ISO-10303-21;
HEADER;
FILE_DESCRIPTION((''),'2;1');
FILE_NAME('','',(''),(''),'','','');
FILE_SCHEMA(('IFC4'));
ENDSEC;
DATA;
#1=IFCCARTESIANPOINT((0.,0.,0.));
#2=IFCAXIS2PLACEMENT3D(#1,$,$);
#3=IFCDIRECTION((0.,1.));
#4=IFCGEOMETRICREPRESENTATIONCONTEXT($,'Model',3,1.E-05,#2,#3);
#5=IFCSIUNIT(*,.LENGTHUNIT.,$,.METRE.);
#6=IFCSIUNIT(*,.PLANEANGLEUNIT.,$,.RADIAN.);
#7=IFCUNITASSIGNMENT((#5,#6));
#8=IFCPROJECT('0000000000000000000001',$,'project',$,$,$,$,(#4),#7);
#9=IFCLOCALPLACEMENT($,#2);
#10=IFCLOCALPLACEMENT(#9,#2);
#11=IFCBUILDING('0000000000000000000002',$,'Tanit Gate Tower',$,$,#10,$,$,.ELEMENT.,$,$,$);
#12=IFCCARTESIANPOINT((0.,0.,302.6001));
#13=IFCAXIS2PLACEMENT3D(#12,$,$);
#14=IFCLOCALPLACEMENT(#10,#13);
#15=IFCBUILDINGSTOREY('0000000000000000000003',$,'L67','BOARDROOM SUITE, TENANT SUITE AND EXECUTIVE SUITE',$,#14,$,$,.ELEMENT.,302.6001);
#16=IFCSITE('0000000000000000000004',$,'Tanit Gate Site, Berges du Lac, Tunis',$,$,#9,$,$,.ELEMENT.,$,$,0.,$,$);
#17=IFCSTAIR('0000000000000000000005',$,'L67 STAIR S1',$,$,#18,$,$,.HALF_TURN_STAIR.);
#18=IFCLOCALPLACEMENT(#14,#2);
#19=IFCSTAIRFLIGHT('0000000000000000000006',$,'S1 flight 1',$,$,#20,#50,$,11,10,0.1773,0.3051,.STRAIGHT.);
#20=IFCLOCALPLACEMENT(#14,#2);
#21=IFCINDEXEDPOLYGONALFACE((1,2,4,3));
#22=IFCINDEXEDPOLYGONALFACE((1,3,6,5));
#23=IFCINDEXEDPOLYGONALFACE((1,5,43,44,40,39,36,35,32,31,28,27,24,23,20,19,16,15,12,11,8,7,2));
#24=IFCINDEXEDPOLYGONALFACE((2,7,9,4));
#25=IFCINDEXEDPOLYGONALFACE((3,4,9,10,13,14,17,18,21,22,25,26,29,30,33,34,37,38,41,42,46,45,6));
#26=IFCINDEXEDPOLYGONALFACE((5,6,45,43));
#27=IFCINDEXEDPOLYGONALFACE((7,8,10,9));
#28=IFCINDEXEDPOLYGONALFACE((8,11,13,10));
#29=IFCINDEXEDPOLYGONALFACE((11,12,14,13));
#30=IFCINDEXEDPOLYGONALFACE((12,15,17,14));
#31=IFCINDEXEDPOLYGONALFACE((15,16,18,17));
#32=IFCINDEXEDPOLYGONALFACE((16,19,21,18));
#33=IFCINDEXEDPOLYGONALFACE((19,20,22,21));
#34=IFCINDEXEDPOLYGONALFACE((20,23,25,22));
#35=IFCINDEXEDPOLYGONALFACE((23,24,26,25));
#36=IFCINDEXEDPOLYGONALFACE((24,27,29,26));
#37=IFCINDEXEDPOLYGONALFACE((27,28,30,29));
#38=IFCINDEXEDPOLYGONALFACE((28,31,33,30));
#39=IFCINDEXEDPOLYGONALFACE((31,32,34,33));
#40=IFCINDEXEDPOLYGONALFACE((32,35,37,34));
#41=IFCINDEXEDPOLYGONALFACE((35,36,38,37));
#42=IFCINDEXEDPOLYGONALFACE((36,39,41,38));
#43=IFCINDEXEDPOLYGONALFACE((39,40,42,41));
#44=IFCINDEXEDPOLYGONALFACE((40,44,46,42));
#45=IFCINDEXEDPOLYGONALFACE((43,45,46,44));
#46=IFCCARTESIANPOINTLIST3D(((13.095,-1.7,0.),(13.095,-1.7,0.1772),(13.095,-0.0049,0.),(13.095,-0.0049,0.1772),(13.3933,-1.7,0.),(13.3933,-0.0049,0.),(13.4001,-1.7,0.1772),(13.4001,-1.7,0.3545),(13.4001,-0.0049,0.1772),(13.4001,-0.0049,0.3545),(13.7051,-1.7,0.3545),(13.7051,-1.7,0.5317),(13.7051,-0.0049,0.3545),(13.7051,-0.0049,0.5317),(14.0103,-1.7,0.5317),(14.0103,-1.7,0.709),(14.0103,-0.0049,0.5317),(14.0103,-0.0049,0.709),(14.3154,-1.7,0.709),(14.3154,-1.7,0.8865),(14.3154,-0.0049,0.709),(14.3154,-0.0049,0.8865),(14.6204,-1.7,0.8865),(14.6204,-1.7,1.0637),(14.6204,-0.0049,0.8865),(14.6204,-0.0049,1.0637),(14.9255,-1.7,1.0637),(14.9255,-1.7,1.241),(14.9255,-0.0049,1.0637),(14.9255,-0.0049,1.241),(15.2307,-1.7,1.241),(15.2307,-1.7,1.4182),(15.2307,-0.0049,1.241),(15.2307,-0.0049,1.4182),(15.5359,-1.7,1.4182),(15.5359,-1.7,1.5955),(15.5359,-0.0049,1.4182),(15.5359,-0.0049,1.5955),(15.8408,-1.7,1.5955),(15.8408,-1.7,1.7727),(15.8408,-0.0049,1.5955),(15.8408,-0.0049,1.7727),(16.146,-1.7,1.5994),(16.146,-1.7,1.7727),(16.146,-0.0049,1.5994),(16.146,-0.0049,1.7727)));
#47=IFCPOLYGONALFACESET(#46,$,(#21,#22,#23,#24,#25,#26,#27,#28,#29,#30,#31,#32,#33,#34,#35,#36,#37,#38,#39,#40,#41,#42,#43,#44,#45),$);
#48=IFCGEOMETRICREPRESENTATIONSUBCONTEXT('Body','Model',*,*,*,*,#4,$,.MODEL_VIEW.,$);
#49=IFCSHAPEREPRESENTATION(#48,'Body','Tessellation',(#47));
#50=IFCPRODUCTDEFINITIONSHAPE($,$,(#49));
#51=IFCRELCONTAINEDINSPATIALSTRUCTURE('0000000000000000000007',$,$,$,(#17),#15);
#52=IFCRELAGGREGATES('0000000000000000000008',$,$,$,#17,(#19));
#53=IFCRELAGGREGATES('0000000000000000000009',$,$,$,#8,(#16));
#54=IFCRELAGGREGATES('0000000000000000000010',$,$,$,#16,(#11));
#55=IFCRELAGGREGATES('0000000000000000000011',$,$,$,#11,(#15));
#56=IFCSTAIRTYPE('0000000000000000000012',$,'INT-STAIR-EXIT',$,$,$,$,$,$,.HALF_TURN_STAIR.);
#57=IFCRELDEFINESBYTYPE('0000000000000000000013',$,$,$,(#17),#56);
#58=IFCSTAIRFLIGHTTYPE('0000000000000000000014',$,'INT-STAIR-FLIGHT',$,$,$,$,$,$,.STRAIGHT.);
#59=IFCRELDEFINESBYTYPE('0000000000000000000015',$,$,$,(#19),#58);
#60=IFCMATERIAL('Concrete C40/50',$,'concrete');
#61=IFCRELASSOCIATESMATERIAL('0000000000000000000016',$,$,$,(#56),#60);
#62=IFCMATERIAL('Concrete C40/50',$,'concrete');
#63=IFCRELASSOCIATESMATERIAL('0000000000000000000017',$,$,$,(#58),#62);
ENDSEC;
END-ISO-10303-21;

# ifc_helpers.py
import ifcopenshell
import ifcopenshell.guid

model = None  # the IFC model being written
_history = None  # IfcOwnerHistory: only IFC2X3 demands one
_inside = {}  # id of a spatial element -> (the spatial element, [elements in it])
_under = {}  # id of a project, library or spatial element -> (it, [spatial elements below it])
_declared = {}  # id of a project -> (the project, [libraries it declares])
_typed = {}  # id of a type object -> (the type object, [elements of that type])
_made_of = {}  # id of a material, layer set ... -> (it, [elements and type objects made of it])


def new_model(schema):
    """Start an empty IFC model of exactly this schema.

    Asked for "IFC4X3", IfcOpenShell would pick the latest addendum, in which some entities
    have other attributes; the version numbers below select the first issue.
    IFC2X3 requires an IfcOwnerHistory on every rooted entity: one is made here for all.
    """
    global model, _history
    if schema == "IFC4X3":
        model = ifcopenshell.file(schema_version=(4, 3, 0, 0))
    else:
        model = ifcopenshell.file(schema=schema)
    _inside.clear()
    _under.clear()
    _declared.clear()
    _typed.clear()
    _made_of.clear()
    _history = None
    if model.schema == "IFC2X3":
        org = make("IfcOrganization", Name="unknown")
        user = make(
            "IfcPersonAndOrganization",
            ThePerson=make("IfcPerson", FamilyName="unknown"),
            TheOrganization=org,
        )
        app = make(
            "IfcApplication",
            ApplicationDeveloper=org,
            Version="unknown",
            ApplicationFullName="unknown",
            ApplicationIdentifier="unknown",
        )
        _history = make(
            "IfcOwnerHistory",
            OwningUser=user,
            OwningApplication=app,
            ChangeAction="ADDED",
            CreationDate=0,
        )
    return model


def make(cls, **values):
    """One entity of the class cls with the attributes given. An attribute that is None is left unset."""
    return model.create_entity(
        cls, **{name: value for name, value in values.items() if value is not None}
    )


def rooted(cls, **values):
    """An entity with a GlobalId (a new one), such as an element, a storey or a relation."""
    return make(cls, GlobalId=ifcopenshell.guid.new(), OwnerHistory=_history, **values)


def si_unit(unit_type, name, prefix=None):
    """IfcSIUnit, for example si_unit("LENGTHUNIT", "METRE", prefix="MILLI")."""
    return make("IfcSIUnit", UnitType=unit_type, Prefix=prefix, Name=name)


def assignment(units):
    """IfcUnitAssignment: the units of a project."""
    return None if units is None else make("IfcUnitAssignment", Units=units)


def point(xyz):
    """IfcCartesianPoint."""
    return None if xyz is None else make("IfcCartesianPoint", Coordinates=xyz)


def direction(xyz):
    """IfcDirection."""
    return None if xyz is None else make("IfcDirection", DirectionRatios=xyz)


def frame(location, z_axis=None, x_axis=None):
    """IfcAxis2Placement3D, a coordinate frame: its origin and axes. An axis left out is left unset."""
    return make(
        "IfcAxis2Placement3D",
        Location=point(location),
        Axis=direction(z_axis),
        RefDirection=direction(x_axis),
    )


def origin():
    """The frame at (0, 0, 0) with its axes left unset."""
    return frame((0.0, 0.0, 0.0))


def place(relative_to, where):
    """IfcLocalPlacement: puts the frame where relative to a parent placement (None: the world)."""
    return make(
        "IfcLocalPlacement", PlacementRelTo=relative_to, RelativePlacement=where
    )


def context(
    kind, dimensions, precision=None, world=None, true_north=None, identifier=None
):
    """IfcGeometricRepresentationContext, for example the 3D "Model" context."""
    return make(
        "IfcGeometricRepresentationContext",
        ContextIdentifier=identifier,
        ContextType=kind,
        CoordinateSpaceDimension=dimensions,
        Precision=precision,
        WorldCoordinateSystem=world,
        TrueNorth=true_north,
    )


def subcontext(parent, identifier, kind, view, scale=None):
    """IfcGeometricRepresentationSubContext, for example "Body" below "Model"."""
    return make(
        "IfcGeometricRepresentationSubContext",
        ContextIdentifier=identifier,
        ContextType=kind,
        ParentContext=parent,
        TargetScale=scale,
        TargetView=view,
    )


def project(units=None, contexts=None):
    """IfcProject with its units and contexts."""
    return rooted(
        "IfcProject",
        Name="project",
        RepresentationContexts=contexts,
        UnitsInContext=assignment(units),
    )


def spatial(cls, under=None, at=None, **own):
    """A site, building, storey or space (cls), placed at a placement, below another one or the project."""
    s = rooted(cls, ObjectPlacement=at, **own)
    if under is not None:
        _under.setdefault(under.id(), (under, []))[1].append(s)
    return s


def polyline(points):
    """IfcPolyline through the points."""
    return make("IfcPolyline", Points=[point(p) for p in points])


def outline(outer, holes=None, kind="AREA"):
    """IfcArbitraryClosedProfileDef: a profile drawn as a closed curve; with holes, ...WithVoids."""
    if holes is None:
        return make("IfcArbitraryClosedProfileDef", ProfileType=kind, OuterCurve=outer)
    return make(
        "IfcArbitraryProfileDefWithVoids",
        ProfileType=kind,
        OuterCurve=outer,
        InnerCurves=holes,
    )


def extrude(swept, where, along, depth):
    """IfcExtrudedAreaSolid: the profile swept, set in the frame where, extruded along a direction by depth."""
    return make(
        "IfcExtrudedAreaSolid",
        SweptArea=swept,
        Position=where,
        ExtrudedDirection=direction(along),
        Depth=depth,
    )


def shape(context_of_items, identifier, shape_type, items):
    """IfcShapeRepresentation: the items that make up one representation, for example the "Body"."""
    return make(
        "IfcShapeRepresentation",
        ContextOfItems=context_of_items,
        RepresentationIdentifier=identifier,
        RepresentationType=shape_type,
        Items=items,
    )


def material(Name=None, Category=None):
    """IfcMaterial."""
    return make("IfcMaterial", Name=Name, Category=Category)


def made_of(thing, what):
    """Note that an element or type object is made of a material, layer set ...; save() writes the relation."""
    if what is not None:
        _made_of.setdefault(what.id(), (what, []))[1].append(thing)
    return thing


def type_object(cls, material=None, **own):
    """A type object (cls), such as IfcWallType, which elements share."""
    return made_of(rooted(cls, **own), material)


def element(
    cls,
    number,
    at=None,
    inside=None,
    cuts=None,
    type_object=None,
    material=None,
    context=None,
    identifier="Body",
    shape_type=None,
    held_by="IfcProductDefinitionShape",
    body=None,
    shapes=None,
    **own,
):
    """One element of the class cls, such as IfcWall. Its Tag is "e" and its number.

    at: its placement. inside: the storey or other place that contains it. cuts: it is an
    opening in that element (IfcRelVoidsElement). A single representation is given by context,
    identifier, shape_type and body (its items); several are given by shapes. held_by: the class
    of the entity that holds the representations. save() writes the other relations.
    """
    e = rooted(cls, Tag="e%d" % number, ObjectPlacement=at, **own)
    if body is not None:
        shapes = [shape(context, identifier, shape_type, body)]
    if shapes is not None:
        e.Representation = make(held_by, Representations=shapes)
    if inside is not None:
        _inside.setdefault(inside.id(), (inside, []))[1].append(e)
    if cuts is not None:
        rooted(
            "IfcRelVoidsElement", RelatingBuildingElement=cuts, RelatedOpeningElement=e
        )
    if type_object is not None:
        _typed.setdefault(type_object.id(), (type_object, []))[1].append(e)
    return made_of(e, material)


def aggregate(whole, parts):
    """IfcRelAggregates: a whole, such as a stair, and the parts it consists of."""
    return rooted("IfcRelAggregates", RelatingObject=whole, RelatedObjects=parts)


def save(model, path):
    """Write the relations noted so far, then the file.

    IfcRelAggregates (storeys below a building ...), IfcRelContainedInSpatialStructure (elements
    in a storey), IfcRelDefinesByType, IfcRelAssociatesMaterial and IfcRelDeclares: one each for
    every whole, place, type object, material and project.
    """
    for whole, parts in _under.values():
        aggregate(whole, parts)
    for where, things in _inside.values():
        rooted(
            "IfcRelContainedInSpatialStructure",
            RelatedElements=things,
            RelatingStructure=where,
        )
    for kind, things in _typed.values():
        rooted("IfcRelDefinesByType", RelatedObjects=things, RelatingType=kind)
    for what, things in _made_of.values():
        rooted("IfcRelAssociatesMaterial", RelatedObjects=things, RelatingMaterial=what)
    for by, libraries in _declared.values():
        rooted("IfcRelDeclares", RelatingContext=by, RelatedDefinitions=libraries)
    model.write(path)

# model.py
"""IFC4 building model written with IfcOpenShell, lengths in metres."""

from ifc_helpers import new_model, si_unit, direction, frame, origin, place, context, subcontext, project, spatial, polyline, outline, extrude, material, type_object, element, aggregate, save


model = new_model("IFC4")

# Units and contexts
model_context = context("Model", 3, precision=1e-05, world=origin(), true_north=direction((0.0, 1.0)))
body_context = subcontext(model_context, "Body", "Model", "MODEL_VIEW")
ifc_project = project(units=[si_unit("LENGTHUNIT", "METRE"), si_unit("PLANEANGLEUNIT", "RADIAN")], contexts=[model_context])

# Site, building, storey
site_placement = place(None, origin())
site = spatial("IfcSite", under=ifc_project, at=site_placement, Name="Tanit Gate Site, Berges du Lac, Tunis", CompositionType="ELEMENT", RefElevation=0.0)
building_placement = place(site_placement, origin())
building = spatial("IfcBuilding", under=site, at=building_placement, Name="Tanit Gate Tower", CompositionType="ELEMENT")
storey_placement = place(building_placement, frame((0.0, 0.0, 302.6001)))
storey = spatial("IfcBuildingStorey", under=building, at=storey_placement, Name="L67", Description="BOARDROOM SUITE, TENANT SUITE AND EXECUTIVE SUITE", CompositionType="ELEMENT", Elevation=302.6001)

# Stair, stair flight
ifc_material_1 = material(Name="Concrete C40/50", Category="concrete")
stair_type = type_object("IfcStairType", Name="INT-STAIR-EXIT", PredefinedType="HALF_TURN_STAIR", material=ifc_material_1)
stair_placement = place(storey_placement, origin())
stair = element("IfcStair", 1, at=stair_placement, inside=storey, type_object=stair_type, Name="L67 STAIR S1", PredefinedType="HALF_TURN_STAIR")
ifc_material_2 = material(Name="Concrete C40/50", Category="concrete")
stair_flight_type = type_object("IfcStairFlightType", Name="INT-STAIR-FLIGHT", PredefinedType="STRAIGHT", material=ifc_material_2)
stair_flight_placement = place(storey_placement, frame((13.095, -0.8525, 0.0), z_axis=(0.0, 0.0, 1.0), x_axis=(1.0, 0.0, 0.0)))
stair_flight = element("IfcStairFlight", 2, at=stair_flight_placement, type_object=stair_flight_type, Name="S1 flight 1", NumberOfRisers=11, NumberOfTreads=10, PredefinedType="STRAIGHT", RiserHeight=0.1773, TreadLength=0.3051, context=body_context, shape_type="SweptSolid", body=[
    extrude(outline(polyline([(0.0, 0.0), (0.0, 0.1772), (0.3052, 0.1772), (0.3052, 0.3545), (0.6101, 0.3545), (0.6101, 0.5317), (0.9153, 0.5317), (0.9153, 0.709), (1.2205, 0.709), (1.2205, 0.8865), (1.5254, 0.8865), (1.5254, 1.0637), (1.8306, 1.0637), (1.8306, 1.241), (2.1357, 1.241), (2.1357, 1.4182), (2.4409, 1.4182), (2.4409, 1.5955), (2.7458, 1.5955), (2.7458, 1.7727), (3.051, 1.7727), (3.051, 1.95), (3.051, 1.5994), (0.2983, 0.0), (0.0, 0.0)])), frame((0.0, 0.8477, 0.0), z_axis=(0.0, -1.0, 0.0), x_axis=(1.0, 0.0, 0.0)), (0.0, 0.0, 1.0), 1.6951),
])
aggregate(stair, [stair_flight])

save(model, "model.ifc")
